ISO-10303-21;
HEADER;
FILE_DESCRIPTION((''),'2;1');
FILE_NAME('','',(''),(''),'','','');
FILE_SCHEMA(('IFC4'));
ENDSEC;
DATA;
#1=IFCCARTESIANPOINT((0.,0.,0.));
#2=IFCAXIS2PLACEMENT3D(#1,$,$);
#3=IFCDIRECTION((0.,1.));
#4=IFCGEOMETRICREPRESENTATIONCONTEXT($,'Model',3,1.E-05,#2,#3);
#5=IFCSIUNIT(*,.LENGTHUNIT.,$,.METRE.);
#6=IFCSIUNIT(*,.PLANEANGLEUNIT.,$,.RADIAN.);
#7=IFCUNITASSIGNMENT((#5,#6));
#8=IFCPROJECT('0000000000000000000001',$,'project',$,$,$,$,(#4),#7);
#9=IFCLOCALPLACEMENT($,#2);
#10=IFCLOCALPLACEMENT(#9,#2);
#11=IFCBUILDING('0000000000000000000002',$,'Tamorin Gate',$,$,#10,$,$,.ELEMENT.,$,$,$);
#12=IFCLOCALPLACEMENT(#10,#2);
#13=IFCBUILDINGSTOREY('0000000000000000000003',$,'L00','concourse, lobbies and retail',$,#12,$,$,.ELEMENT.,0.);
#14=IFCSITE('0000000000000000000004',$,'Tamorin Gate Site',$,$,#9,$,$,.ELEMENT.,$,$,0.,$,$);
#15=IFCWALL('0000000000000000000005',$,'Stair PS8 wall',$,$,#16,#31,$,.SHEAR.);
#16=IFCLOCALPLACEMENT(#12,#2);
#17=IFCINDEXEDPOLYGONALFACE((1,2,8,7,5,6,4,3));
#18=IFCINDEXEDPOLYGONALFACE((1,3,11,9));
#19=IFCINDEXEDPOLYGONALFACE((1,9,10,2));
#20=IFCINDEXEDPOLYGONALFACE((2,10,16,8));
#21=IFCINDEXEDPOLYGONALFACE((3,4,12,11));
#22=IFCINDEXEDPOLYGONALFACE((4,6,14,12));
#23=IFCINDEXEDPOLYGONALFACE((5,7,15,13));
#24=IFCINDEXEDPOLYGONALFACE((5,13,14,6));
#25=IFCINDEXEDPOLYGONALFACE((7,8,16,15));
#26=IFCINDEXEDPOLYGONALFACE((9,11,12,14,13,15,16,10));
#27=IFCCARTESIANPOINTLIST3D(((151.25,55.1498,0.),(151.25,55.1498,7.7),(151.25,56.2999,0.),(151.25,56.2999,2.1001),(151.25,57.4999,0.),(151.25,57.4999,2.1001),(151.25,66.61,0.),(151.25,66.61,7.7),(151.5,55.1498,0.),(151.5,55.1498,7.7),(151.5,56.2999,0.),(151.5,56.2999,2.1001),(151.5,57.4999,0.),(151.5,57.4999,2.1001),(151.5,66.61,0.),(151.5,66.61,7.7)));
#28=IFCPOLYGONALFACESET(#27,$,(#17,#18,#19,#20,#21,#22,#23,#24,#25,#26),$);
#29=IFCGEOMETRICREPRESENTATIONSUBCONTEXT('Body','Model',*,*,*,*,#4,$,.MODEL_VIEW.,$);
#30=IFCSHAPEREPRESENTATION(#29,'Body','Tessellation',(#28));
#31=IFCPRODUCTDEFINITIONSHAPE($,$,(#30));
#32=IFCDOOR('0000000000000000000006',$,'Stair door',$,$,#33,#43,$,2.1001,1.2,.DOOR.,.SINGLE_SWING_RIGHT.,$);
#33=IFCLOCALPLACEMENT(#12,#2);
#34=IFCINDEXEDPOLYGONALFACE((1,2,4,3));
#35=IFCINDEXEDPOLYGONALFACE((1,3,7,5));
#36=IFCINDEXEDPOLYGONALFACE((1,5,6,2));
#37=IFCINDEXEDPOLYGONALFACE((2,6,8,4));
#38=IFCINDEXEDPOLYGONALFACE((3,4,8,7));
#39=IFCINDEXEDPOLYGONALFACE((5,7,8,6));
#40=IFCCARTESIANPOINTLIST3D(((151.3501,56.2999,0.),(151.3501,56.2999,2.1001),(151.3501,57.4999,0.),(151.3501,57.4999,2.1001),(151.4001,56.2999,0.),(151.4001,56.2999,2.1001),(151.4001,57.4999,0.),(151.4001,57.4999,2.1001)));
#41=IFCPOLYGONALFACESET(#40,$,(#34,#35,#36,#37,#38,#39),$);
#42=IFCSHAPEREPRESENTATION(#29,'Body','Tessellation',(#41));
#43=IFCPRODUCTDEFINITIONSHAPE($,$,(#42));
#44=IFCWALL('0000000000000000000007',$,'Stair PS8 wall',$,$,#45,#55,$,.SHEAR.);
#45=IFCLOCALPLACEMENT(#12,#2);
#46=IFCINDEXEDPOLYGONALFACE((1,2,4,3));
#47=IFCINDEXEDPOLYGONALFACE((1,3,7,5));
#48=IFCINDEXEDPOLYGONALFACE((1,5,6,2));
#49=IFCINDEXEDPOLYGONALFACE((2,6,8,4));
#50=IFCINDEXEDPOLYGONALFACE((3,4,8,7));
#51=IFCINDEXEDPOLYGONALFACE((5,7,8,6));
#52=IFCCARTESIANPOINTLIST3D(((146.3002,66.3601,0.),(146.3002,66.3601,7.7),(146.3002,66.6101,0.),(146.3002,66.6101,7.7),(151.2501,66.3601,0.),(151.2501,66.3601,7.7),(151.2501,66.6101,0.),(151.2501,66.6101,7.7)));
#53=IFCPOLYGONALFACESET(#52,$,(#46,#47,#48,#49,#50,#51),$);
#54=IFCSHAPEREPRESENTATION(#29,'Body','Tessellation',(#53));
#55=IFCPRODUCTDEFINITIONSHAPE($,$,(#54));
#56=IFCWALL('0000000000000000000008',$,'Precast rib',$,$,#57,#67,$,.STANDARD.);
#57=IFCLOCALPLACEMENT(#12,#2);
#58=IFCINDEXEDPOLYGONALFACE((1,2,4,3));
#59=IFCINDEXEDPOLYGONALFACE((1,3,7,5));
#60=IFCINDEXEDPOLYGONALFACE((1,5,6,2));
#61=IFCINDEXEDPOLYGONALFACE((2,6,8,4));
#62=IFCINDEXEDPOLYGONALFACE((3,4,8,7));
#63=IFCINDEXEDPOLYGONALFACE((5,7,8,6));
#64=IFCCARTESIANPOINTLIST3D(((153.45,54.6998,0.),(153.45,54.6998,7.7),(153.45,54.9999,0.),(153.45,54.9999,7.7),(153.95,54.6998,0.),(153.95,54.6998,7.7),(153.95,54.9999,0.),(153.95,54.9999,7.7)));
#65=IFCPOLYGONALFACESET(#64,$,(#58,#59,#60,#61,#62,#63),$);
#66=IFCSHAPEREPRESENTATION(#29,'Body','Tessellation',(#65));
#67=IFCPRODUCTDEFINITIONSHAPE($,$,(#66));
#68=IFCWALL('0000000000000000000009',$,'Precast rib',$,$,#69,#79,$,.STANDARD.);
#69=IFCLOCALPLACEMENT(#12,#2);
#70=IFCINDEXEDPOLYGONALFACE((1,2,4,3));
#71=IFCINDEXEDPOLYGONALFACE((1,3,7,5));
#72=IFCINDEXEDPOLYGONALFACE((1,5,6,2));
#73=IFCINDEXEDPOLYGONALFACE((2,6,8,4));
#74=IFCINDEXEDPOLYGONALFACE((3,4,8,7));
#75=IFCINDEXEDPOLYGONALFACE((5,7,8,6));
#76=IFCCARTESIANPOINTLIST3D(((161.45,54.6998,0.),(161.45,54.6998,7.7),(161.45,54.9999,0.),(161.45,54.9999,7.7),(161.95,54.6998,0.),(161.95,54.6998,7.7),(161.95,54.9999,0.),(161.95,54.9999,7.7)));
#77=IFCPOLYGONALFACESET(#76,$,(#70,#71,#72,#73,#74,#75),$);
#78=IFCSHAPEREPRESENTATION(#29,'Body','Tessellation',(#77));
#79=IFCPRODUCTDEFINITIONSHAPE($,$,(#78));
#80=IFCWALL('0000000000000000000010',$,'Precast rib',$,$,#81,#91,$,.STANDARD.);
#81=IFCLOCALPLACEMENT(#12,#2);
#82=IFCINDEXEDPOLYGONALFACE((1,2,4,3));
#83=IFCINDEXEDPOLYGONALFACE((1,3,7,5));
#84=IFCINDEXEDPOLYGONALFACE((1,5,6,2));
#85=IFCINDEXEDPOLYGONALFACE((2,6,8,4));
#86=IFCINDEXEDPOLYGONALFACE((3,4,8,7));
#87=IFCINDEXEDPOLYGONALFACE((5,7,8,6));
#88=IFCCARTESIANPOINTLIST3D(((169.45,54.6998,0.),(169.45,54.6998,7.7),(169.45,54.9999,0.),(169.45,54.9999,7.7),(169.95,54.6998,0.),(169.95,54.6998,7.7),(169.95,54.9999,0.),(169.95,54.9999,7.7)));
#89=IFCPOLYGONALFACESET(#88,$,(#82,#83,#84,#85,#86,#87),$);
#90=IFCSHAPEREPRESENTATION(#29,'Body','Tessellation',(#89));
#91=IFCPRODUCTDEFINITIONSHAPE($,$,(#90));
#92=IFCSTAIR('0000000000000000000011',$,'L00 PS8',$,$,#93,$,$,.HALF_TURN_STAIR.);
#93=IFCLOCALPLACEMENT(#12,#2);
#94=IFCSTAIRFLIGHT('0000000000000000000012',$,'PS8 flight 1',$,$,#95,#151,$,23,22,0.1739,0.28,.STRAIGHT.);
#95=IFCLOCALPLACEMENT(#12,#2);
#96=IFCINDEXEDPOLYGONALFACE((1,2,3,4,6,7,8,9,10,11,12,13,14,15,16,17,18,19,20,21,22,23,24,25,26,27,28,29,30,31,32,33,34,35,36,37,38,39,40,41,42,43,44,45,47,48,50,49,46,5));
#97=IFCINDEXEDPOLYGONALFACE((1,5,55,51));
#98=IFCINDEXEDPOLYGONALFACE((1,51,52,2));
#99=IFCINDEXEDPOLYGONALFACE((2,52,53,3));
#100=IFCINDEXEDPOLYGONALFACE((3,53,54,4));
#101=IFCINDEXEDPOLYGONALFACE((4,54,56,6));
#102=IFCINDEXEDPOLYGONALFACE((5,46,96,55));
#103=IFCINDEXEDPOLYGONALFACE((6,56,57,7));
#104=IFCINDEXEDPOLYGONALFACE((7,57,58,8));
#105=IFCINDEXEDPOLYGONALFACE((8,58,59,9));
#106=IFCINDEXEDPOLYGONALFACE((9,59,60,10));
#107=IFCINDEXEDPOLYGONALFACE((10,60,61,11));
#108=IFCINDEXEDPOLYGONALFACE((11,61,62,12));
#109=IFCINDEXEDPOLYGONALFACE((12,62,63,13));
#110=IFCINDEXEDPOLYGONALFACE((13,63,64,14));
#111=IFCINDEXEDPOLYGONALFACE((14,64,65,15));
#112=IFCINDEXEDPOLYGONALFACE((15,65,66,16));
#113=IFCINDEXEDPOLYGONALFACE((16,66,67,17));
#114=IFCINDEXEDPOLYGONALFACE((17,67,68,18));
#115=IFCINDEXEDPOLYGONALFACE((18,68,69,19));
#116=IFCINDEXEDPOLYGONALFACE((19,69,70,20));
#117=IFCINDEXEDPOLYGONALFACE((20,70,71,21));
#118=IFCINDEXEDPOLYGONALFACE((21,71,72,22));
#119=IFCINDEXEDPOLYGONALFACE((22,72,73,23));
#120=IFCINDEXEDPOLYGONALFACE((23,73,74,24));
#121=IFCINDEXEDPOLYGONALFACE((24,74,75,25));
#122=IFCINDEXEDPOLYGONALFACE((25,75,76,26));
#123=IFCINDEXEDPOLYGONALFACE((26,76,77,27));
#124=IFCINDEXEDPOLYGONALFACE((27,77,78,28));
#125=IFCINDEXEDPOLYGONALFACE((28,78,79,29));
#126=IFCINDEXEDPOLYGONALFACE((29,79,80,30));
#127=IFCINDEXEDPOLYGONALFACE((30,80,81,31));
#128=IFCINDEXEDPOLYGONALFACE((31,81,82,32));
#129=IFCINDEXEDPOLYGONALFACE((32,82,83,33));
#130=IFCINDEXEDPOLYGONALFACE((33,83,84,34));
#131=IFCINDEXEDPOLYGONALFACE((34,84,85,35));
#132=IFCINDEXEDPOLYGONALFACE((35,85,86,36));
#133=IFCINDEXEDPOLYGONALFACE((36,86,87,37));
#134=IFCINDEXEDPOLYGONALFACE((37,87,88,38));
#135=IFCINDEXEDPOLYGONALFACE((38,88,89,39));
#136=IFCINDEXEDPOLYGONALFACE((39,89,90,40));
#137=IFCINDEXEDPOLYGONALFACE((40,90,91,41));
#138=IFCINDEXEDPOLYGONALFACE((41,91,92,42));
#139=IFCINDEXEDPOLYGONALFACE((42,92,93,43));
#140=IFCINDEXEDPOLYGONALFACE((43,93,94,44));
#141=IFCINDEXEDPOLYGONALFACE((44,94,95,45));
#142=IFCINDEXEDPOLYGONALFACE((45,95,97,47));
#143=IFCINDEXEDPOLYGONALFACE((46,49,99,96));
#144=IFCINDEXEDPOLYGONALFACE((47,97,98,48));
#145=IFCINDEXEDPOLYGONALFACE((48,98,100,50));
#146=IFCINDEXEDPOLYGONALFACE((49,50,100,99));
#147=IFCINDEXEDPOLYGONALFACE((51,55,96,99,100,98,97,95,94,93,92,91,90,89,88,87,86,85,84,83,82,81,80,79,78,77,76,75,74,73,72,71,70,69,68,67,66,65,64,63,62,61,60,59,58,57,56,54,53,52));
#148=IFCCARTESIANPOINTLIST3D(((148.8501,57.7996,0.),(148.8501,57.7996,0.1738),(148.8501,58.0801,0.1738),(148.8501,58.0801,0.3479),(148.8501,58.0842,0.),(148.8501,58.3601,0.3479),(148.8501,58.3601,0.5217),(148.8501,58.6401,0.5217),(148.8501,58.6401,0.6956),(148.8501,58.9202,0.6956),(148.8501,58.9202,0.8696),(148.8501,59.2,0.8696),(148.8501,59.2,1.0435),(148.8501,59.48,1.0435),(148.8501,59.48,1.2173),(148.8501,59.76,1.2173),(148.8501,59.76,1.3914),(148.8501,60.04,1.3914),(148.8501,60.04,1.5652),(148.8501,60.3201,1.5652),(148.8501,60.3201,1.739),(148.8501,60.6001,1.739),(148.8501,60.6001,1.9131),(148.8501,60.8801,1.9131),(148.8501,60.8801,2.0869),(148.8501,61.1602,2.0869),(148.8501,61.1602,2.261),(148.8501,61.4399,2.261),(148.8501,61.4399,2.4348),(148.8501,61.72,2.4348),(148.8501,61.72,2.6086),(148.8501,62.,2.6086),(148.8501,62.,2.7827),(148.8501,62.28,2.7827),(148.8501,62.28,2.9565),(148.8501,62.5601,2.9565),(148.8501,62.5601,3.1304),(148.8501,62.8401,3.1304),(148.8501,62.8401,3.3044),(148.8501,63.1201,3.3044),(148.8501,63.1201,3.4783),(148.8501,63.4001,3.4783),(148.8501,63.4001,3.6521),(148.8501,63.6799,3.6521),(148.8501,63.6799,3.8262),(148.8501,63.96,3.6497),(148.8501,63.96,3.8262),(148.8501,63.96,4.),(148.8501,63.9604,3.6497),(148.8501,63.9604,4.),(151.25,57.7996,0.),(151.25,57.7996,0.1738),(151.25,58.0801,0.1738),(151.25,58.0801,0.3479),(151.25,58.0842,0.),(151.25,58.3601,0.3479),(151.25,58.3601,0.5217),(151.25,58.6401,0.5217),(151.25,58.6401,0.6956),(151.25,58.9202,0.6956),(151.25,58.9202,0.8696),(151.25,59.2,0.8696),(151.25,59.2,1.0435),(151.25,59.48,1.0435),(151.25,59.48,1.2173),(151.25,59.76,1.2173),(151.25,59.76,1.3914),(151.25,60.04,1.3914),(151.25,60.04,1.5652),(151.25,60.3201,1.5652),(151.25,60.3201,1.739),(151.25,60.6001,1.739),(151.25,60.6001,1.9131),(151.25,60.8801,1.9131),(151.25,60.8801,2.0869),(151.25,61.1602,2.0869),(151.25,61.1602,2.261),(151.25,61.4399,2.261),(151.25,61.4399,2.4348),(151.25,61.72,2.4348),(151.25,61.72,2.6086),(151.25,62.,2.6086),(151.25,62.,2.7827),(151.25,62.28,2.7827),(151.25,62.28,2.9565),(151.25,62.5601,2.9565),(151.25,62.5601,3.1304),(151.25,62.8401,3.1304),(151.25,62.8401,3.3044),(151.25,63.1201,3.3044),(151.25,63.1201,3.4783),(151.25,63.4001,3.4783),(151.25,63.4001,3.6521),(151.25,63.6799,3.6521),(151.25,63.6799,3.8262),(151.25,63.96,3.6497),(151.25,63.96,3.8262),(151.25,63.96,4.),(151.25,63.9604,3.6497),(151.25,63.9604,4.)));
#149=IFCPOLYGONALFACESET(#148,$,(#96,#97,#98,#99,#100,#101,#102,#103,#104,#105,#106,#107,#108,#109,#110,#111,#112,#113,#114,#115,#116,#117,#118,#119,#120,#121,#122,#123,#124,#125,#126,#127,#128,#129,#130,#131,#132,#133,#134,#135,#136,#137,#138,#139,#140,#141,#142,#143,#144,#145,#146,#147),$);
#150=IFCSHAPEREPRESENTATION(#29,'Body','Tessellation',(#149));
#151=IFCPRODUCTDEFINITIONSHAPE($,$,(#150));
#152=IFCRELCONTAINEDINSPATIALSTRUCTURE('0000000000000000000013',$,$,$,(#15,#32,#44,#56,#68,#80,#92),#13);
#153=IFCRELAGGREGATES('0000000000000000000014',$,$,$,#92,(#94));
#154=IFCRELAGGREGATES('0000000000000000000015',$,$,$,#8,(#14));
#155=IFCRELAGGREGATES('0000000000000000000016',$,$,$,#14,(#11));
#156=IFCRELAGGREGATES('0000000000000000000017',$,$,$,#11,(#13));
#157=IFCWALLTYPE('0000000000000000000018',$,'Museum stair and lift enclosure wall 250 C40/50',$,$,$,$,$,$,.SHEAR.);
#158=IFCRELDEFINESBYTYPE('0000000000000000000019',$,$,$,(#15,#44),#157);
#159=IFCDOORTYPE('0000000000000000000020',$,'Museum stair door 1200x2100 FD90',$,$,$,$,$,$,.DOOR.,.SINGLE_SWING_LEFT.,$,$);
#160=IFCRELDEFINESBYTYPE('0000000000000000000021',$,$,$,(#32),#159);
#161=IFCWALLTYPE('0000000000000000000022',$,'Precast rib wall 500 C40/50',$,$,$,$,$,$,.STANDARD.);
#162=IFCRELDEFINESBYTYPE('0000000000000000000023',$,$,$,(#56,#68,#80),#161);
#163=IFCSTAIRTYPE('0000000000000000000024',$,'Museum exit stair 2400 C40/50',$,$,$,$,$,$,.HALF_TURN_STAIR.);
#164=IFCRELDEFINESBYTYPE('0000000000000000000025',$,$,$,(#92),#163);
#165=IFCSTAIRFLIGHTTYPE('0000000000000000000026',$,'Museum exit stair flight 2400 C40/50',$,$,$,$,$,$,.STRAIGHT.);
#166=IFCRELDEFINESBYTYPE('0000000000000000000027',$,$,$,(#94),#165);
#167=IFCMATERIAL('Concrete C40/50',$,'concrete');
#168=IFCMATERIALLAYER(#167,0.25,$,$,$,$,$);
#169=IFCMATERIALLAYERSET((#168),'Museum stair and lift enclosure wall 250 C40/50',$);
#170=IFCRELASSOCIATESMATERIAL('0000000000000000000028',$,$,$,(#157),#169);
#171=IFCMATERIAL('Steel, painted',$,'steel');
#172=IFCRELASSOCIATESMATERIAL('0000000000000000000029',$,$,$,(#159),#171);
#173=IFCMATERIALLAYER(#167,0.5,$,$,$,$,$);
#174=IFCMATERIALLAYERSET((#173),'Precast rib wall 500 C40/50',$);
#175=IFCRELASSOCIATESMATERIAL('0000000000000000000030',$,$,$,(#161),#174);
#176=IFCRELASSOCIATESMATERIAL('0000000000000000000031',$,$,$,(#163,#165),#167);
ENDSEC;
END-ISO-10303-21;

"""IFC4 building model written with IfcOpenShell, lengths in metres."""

from ifc_helpers import new_model, si_unit, direction, frame, frame_2d, origin, place, context, subcontext, project, spatial, polyline, rectangle, outline, extrude, material, layer, layer_set, type_object, element, fill, aggregate, save


model = new_model("IFC4")

# Units and contexts
model_context = context("Model", 3, precision=1e-05, world=origin(), true_north=direction((0.0, 1.0)))
body_context = subcontext(model_context, "Body", "Model", "MODEL_VIEW")
ifc_project = project(units=[si_unit("LENGTHUNIT", "METRE"), si_unit("PLANEANGLEUNIT", "RADIAN")], contexts=[model_context])

# Site, building, storey
site_placement = place(None, origin())
site = spatial("IfcSite", under=ifc_project, at=site_placement, Name="Tamorin Gate Site", CompositionType="ELEMENT", RefElevation=0.0)
building_placement = place(site_placement, origin())
building = spatial("IfcBuilding", under=site, at=building_placement, Name="Tamorin Gate", CompositionType="ELEMENT")
storey_placement = place(building_placement, origin())
storey = spatial("IfcBuildingStorey", under=building, at=storey_placement, Name="L00", Description="concourse, lobbies and retail", CompositionType="ELEMENT", Elevation=0.0)

# Shared definitions
ifc_material_1 = material(Name="Steel, painted", Category="steel")

# Shared definitions
ifc_material_2 = material(Name="Concrete C40/50", Category="concrete")
ifc_layer_1 = layer(ifc_material_2, 0.25)
ifc_layer_set_1 = layer_set([ifc_layer_1], Name="Museum stair and lift enclosure wall 250 C40/50")
wall_type_1 = type_object("IfcWallType", Name="Museum stair and lift enclosure wall 250 C40/50", PredefinedType="SHEAR", material=ifc_layer_set_1)

# Wall, opening, door
wall_1_placement = place(storey_placement, frame((151.375, 55.1499, 0.0), z_axis=(0.0, 0.0, 1.0), x_axis=(0.0, 1.0, 0.0)))
wall_1 = element("IfcWall", 1, at=wall_1_placement, inside=storey, type_object=wall_type_1, Name="Stair PS8 wall", PredefinedType="SHEAR", context=body_context, shape_type="SweptSolid", body=[
    extrude(rectangle(XDim=11.4602, YDim=0.25, at=frame_2d((5.73, 0.0))), origin(), (0.0, 0.0, 1.0), 7.7),
])
opening_1_placement = place(wall_1_placement, frame((1.1499, 0.0, 0.0)))
opening_1 = element("IfcOpeningElement", 2, at=opening_1_placement, cuts=wall_1, PredefinedType="OPENING", context=body_context, shape_type="SweptSolid", body=[
    extrude(rectangle(XDim=1.2, YDim=2.1001, at=frame_2d((0.6001, 1.05))), frame((0.0, 0.135, 0.0), z_axis=(0.0, -1.0, 0.0), x_axis=(1.0, 0.0, 0.0)), (0.0, 0.0, 1.0), 0.27),
])
door_type_1 = type_object("IfcDoorType", Name="Museum stair door 1200x2100 FD90", OperationType="SINGLE_SWING_LEFT", PredefinedType="DOOR", material=ifc_material_1)
door_1_placement = place(opening_1_placement, origin())
door_1 = element("IfcDoor", 3, at=door_1_placement, inside=storey, type_object=door_type_1, Name="Stair door", OperationType="SINGLE_SWING_RIGHT", OverallHeight=2.1001, OverallWidth=1.2, PredefinedType="DOOR", context=body_context, shape_type="SweptSolid", body=[
    extrude(rectangle(XDim=1.2, YDim=2.1001, at=frame_2d((0.6001, 1.05))), frame((0.0, 0.0249, 0.0), z_axis=(0.0, -1.0, 0.0), x_axis=(1.0, 0.0, 0.0)), (0.0, 0.0, 1.0), 0.05),
])
fill(opening_1, door_1)

# Walls
wall_2_placement = place(storey_placement, frame((146.3, 66.4851, 0.0), z_axis=(0.0, 0.0, 1.0), x_axis=(1.0, 0.0, 0.0)))
element("IfcWall", 4, at=wall_2_placement, inside=storey, type_object=wall_type_1, Name="Stair PS8 wall", PredefinedType="SHEAR", context=body_context, shape_type="SweptSolid", body=[
    extrude(rectangle(XDim=4.95, YDim=0.25, at=frame_2d((2.4751, 0.0))), origin(), (0.0, 0.0, 1.0), 7.7),
])
ifc_layer_2 = layer(ifc_material_2, 0.5)
ifc_layer_set_2 = layer_set([ifc_layer_2], Name="Precast rib wall 500 C40/50")
wall_type_2 = type_object("IfcWallType", Name="Precast rib wall 500 C40/50", PredefinedType="STANDARD", material=ifc_layer_set_2)
for number, where, z_axis, x_axis, name in (
    (5, (153.7, 54.7, 0.0), (0.0, 0.0, 1.0), (0.0, 1.0, 0.0), "Precast rib"),
    (6, (161.7, 54.7, 0.0), (0.0, 0.0, 1.0), (0.0, 1.0, 0.0), "Precast rib"),
    (7, (169.7, 54.7, 0.0), (0.0, 0.0, 1.0), (0.0, 1.0, 0.0), "Precast rib"),
):
    element("IfcWall", number, at=place(storey_placement, frame(where, z_axis=z_axis, x_axis=x_axis)), inside=storey, type_object=wall_type_2, Name=name, PredefinedType="STANDARD", context=body_context, shape_type="SweptSolid", body=[
        extrude(rectangle(XDim=0.3, YDim=0.5, at=frame_2d((0.1499, 0.0))), origin(), (0.0, 0.0, 1.0), 7.7),
    ])

# Stair, stair flight
stair_type = type_object("IfcStairType", Name="Museum exit stair 2400 C40/50", PredefinedType="HALF_TURN_STAIR", material=ifc_material_2)
stair_placement = place(storey_placement, origin())
stair = element("IfcStair", 8, at=stair_placement, inside=storey, type_object=stair_type, Name="L00 PS8", PredefinedType="HALF_TURN_STAIR")
stair_flight_type = type_object("IfcStairFlightType", Name="Museum exit stair flight 2400 C40/50", PredefinedType="STRAIGHT", material=ifc_material_2)
stair_flight_1_placement = place(storey_placement, frame((150.05, 57.8, 0.0), z_axis=(0.0, 0.0, 1.0), x_axis=(0.0, 1.0, 0.0)))
stair_flight_1 = element("IfcStairFlight", 9, at=stair_flight_1_placement, type_object=stair_flight_type, Name="PS8 flight 1", NumberOfRisers=23, NumberOfTreads=22, PredefinedType="STRAIGHT", RiserHeight=0.1739, TreadLength=0.28, context=body_context, shape_type="SweptSolid", body=[
    extrude(outline(polyline([(-0.0005, 0.0), (-0.0005, 0.1738), (0.28, 0.1738), (0.28, 0.3479), (0.5601, 0.3479), (0.5601, 0.5217), (0.8401, 0.5217), (0.8401, 0.6956), (1.1201, 0.6956), (1.1201, 0.8696), (1.3999, 0.8696), (1.3999, 1.0435), (1.6799, 1.0435), (1.6799, 1.2173), (1.96, 1.2173), (1.96, 1.3914), (2.24, 1.3914), (2.24, 1.5652), (2.52, 1.5652), (2.52, 1.739), (2.8, 1.739), (2.8, 1.9131), (3.0801, 1.9131), (3.0801, 2.0869), (3.3601, 2.0869), (3.3601, 2.261), (3.6399, 2.261), (3.6399, 2.4348), (3.9199, 2.4348), (3.9199, 2.6086), (4.2, 2.6086), (4.2, 2.7827), (4.48, 2.7827), (4.48, 2.9565), (4.76, 2.9565), (4.76, 3.1304), (5.04, 3.1304), (5.04, 3.3044), (5.3201, 3.3044), (5.3201, 3.4783), (5.6001, 3.4783), (5.6001, 3.6521), (5.8799, 3.6521), (5.8799, 3.8262), (6.1599, 3.8262), (6.1599, 4.0), (6.1604, 4.0), (6.1604, 3.6497), (6.1599, 3.6497), (0.2842, 0.0), (-0.0005, 0.0)])), frame((0.0, 1.2, 0.0), z_axis=(0.0, -1.0, 0.0), x_axis=(1.0, 0.0, 0.0)), (0.0, 0.0, 1.0), 2.3999),
])
aggregate(stair, [stair_flight_1])

save(model, "model.ifc")
